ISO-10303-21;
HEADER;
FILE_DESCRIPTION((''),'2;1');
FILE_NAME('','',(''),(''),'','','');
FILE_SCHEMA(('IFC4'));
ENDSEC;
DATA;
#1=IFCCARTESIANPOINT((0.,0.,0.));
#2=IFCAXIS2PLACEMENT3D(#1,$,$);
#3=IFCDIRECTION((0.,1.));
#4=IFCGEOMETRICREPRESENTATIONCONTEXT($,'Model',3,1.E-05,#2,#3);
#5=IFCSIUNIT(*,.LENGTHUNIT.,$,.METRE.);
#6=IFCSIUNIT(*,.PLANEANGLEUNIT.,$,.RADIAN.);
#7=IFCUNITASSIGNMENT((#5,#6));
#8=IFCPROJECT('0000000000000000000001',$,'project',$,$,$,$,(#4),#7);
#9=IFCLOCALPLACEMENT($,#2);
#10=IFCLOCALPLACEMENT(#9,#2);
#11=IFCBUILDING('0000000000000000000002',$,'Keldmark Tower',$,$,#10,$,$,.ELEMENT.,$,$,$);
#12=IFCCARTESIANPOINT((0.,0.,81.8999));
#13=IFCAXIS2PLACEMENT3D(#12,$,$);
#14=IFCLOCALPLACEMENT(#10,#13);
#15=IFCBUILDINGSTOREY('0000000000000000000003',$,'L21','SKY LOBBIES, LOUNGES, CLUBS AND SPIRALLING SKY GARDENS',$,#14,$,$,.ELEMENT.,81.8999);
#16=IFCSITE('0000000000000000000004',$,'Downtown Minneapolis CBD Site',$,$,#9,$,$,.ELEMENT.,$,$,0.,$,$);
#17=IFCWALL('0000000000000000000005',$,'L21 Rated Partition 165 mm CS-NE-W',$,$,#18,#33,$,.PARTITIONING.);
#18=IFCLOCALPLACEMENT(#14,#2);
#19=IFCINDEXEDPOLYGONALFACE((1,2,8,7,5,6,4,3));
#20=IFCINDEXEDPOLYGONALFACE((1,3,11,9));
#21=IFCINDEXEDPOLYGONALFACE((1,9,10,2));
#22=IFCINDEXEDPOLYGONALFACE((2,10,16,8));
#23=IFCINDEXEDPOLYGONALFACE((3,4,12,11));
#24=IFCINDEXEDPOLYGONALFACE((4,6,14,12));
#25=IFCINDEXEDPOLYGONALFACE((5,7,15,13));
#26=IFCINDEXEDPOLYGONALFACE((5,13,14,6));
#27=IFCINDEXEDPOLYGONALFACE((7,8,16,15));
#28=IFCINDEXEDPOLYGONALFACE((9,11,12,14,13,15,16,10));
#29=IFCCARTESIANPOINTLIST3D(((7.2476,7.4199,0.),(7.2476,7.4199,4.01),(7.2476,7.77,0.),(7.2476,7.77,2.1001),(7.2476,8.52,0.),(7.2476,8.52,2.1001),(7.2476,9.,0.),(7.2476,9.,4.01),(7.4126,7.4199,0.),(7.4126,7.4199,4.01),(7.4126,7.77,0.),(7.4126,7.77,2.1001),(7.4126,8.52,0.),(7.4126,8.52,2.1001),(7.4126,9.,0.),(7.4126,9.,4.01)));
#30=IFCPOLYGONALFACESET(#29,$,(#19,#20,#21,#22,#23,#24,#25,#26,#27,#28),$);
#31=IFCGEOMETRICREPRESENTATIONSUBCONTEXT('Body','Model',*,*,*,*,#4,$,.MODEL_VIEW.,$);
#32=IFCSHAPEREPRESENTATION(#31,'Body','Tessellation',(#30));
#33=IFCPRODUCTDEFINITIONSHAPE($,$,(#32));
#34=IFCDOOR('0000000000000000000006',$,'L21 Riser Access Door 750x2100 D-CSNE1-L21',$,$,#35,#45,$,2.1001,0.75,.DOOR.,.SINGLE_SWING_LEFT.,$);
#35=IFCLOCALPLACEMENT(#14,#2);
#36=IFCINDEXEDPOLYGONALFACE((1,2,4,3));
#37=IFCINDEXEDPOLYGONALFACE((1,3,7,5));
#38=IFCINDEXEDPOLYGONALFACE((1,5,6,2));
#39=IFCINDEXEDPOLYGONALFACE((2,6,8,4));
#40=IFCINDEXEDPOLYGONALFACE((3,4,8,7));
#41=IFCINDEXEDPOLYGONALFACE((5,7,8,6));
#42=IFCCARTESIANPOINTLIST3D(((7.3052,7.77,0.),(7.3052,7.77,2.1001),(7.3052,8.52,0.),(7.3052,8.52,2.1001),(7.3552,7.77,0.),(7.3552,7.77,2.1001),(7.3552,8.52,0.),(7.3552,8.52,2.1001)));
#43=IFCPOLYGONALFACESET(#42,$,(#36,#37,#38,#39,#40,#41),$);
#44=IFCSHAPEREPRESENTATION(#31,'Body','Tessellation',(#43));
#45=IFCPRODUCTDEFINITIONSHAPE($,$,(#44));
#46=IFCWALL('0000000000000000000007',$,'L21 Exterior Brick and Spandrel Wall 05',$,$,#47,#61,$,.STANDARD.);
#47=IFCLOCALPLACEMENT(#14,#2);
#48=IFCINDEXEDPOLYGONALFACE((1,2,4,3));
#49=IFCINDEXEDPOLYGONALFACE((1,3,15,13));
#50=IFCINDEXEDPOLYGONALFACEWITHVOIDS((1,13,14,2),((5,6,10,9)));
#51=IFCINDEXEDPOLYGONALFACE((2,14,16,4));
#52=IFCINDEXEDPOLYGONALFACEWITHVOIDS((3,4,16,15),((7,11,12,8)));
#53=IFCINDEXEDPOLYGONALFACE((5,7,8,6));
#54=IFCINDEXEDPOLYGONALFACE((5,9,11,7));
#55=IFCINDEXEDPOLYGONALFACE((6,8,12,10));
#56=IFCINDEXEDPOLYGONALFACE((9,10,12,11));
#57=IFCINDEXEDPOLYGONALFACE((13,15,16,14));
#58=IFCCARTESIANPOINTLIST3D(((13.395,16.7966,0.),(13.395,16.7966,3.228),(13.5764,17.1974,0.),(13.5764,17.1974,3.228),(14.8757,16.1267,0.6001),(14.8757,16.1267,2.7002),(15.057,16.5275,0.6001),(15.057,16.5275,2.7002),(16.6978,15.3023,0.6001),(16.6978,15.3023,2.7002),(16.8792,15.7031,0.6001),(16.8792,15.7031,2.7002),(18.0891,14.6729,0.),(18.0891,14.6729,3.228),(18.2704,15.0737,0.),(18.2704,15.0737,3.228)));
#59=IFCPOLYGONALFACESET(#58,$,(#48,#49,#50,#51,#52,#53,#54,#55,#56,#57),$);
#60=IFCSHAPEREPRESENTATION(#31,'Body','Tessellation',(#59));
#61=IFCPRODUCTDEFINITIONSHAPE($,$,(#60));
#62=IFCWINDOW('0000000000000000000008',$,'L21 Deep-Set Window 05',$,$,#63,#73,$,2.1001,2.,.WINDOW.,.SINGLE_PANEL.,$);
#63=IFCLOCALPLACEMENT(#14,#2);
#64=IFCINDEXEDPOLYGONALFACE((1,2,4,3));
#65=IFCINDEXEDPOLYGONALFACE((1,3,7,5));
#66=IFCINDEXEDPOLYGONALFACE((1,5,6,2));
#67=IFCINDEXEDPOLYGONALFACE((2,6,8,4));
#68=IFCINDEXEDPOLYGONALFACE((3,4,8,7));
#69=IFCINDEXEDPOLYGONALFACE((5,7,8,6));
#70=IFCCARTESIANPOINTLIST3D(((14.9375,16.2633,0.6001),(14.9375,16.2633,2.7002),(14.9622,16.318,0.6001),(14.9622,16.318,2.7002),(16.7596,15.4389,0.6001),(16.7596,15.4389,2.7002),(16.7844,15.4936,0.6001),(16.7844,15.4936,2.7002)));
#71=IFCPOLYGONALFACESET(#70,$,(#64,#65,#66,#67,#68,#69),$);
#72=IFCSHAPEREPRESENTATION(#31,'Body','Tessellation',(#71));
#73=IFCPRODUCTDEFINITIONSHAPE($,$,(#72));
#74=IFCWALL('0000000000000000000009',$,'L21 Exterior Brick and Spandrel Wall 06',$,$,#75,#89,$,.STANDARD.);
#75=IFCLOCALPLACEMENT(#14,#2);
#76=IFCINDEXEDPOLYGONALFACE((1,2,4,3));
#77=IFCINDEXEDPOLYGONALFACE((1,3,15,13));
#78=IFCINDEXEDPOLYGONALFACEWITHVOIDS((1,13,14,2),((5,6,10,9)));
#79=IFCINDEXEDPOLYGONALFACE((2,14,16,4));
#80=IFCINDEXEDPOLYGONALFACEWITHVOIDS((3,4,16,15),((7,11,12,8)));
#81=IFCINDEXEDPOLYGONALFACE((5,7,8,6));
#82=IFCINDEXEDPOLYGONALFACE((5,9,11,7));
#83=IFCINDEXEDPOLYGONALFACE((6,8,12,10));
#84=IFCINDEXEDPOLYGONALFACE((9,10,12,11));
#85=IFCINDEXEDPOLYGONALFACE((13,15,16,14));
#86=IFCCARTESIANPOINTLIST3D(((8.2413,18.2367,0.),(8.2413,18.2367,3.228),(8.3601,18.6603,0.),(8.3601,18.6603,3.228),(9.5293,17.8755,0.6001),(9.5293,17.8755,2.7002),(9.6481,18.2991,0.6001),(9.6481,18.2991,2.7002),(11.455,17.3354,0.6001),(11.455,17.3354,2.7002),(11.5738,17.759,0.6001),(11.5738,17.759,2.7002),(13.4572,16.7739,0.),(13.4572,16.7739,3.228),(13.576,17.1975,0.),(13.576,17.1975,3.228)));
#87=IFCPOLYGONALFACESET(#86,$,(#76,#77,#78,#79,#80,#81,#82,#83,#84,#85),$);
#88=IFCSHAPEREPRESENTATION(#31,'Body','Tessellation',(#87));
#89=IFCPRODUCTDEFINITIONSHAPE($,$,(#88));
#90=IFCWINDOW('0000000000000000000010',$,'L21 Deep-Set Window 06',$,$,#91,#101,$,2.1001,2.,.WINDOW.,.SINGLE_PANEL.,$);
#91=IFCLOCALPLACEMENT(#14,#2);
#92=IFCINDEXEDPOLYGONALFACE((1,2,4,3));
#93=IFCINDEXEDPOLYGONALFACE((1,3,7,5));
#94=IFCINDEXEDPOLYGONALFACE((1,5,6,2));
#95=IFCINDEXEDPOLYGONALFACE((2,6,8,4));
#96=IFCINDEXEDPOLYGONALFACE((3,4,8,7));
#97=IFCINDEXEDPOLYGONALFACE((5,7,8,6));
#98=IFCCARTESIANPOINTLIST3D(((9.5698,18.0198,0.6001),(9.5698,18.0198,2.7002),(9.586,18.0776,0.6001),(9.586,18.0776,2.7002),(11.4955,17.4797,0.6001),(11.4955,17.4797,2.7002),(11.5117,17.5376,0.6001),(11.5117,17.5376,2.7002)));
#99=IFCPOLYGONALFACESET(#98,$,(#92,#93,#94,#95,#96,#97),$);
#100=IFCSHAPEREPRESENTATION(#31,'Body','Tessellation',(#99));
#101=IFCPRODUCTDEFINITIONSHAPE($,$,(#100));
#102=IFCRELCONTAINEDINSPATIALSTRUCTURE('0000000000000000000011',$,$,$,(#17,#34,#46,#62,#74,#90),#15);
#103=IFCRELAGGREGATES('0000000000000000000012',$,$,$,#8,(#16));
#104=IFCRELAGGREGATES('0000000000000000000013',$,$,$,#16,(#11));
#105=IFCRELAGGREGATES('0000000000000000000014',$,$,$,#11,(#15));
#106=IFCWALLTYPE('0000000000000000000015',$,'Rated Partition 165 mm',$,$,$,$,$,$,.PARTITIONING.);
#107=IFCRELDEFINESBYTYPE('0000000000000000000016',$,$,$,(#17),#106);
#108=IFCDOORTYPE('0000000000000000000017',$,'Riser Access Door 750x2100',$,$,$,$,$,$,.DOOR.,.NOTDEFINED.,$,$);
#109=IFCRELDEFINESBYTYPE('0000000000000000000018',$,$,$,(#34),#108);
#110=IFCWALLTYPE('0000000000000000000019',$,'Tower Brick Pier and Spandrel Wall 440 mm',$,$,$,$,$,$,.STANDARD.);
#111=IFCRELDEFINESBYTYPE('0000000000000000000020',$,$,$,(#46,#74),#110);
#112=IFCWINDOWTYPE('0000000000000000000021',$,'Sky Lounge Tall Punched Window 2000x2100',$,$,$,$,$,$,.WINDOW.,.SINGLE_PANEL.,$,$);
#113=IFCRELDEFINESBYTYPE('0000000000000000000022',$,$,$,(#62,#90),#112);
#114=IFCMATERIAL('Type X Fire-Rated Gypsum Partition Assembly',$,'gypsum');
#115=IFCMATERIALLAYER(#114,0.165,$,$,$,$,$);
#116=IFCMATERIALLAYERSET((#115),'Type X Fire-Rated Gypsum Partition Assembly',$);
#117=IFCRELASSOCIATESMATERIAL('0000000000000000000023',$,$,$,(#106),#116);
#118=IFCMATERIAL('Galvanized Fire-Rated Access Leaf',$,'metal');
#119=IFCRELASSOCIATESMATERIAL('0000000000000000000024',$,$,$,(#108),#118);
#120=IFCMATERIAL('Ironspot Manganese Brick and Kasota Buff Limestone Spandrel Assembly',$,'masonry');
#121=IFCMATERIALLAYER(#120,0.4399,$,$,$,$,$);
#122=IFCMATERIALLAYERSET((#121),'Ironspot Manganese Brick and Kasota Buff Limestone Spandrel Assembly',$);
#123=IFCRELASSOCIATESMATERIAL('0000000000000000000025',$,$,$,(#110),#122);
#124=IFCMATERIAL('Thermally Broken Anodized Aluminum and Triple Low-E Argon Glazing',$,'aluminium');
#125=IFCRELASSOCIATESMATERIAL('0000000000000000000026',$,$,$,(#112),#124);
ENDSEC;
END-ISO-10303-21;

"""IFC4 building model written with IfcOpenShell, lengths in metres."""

from ifc_helpers import new_model, si_unit, direction, frame, frame_2d, origin, place, context, subcontext, project, spatial, rectangle, extrude, material, layer, layer_set, type_object, element, fill, save


model = new_model("IFC4")

# Units and contexts
model_context = context("Model", 3, precision=1e-05, world=origin(), true_north=direction((0.0, 1.0)))
body_context = subcontext(model_context, "Body", "Model", "MODEL_VIEW")
ifc_project = project(units=[si_unit("LENGTHUNIT", "METRE"), si_unit("PLANEANGLEUNIT", "RADIAN")], contexts=[model_context])

# Site, building, storey
site_placement = place(None, origin())
site = spatial("IfcSite", under=ifc_project, at=site_placement, Name="Downtown Minneapolis CBD Site", CompositionType="ELEMENT", RefElevation=0.0)
building_placement = place(site_placement, origin())
building = spatial("IfcBuilding", under=site, at=building_placement, Name="Keldmark Tower", CompositionType="ELEMENT")
storey_placement = place(building_placement, frame((0.0, 0.0, 81.8999)))
storey = spatial("IfcBuildingStorey", under=building, at=storey_placement, Name="L21", Description="SKY LOBBIES, LOUNGES, CLUBS AND SPIRALLING SKY GARDENS", CompositionType="ELEMENT", Elevation=81.8999)

# Wall, opening, door
ifc_material_1 = material(Name="Type X Fire-Rated Gypsum Partition Assembly", Category="gypsum")
ifc_layer_1 = layer(ifc_material_1, 0.165)
ifc_layer_set_1 = layer_set([ifc_layer_1], Name="Type X Fire-Rated Gypsum Partition Assembly")
wall_type_1 = type_object("IfcWallType", Name="Rated Partition 165 mm", PredefinedType="PARTITIONING", material=ifc_layer_set_1)
wall_1_placement = place(storey_placement, frame((7.3301, 7.4199, 0.0), z_axis=(0.0, 0.0, 1.0), x_axis=(0.0, 1.0, 0.0)))
wall_1 = element("IfcWall", 1, at=wall_1_placement, inside=storey, type_object=wall_type_1, Name="L21 Rated Partition 165 mm CS-NE-W", PredefinedType="PARTITIONING", context=body_context, shape_type="SweptSolid", body=[
    extrude(rectangle(XDim=1.5801, YDim=0.165, at=frame_2d((0.79, 0.0))), origin(), (0.0, 0.0, 1.0), 4.01),
])
opening_1_placement = place(wall_1_placement, frame((0.3501, 0.0, 0.0)))
opening_1 = element("IfcOpeningElement", 2, at=opening_1_placement, cuts=wall_1, PredefinedType="OPENING", context=body_context, shape_type="SweptSolid", body=[
    extrude(rectangle(XDim=0.75, YDim=2.1001, at=frame_2d((0.375, 1.05))), frame((0.0, 0.0925, 0.0), z_axis=(0.0, -1.0, 0.0), x_axis=(1.0, 0.0, 0.0)), (0.0, 0.0, 1.0), 0.1851),
])
ifc_material_2 = material(Name="Galvanized Fire-Rated Access Leaf", Category="metal")
door_type = type_object("IfcDoorType", Name="Riser Access Door 750x2100", OperationType="NOTDEFINED", PredefinedType="DOOR", material=ifc_material_2)
door_placement = place(opening_1_placement, origin())
door = element("IfcDoor", 3, at=door_placement, inside=storey, type_object=door_type, Name="L21 Riser Access Door 750x2100 D-CSNE1-L21", OperationType="SINGLE_SWING_LEFT", OverallHeight=2.1001, OverallWidth=0.75, PredefinedType="DOOR", context=body_context, shape_type="SweptSolid", body=[
    extrude(rectangle(XDim=0.75, YDim=2.1001, at=frame_2d((0.375, 1.05))), frame((0.0, 0.0249, 0.0), z_axis=(0.0, -1.0, 0.0), x_axis=(1.0, 0.0, 0.0)), (0.0, 0.0, 1.0), 0.05),
])
fill(opening_1, door)

# Walls, openings, windows
ifc_material_3 = material(Name="Ironspot Manganese Brick and Kasota Buff Limestone Spandrel Assembly", Category="masonry")
ifc_layer_2 = layer(ifc_material_3, 0.4399)
ifc_layer_set_2 = layer_set([ifc_layer_2], Name="Ironspot Manganese Brick and Kasota Buff Limestone Spandrel Assembly")
wall_type_2 = type_object("IfcWallType", Name="Tower Brick Pier and Spandrel Wall 440 mm", PredefinedType="STANDARD", material=ifc_layer_set_2)
wall_2_placement = place(storey_placement, frame((13.4856, 16.9971, 0.0), z_axis=(0.0, 0.0, 1.0), x_axis=(0.911089, -0.41221, 0.0)))
wall_2 = element("IfcWall", 4, at=wall_2_placement, inside=storey, type_object=wall_type_2, Name="L21 Exterior Brick and Spandrel Wall 05", PredefinedType="STANDARD", context=body_context, shape_type="SweptSolid", body=[
    extrude(rectangle(XDim=5.1521, YDim=0.4399, at=frame_2d((2.5762, 0.0))), origin(), (0.0, 0.0, 1.0), 3.228),
])
opening_2_placement = place(wall_2_placement, frame((1.6252, 0.0, 0.6001)))
opening_2 = element("IfcOpeningElement", 5, at=opening_2_placement, cuts=wall_2, PredefinedType="OPENING", context=body_context, shape_type="SweptSolid", body=[
    extrude(rectangle(XDim=2.0, YDim=2.1001, at=frame_2d((1.0, 1.05))), frame((0.0, 0.23, 0.0), z_axis=(0.0, -1.0, 0.0), x_axis=(1.0, 0.0, 0.0)), (0.0, 0.0, 1.0), 0.46),
])
ifc_material_4 = material(Name="Thermally Broken Anodized Aluminum and Triple Low-E Argon Glazing", Category="aluminium")
window_type = type_object("IfcWindowType", Name="Sky Lounge Tall Punched Window 2000x2100", PartitioningType="SINGLE_PANEL", PredefinedType="WINDOW", material=ifc_material_4)
window_1_placement = place(opening_2_placement, origin())
window_1 = element("IfcWindow", 6, at=window_1_placement, inside=storey, type_object=window_type, Name="L21 Deep-Set Window 05", OverallHeight=2.1001, OverallWidth=2.0, PartitioningType="SINGLE_PANEL", PredefinedType="WINDOW", context=body_context, shape_type="SweptSolid", body=[
    extrude(rectangle(XDim=2.0, YDim=2.1001, at=frame_2d((1.0, 1.05))), frame((0.0, -0.01, 0.0), z_axis=(0.0, -1.0, 0.0), x_axis=(1.0, 0.0, 0.0)), (0.0, 0.0, 1.0), 0.0601),
])
fill(opening_2, window_1)
wall_3_placement = place(storey_placement, frame((8.3008, 18.4485, 0.0), z_axis=(0.0, 0.0, 1.0), x_axis=(0.962849, -0.270039, 0.0)))
wall_3 = element("IfcWall", 7, at=wall_3_placement, inside=storey, type_object=wall_type_2, Name="L21 Exterior Brick and Spandrel Wall 06", PredefinedType="STANDARD", context=body_context, shape_type="SweptSolid", body=[
    extrude(rectangle(XDim=5.4172, YDim=0.4399, at=frame_2d((2.7085, 0.0))), origin(), (0.0, 0.0, 1.0), 3.228),
])
opening_3_placement = place(wall_3_placement, frame((1.3376, 0.0, 0.6001)))
opening_3 = element("IfcOpeningElement", 8, at=opening_3_placement, cuts=wall_3, PredefinedType="OPENING", context=body_context, shape_type="SweptSolid", body=[
    extrude(rectangle(XDim=2.0, YDim=2.1001, at=frame_2d((1.0, 1.05))), frame((0.0, 0.23, 0.0), z_axis=(0.0, -1.0, 0.0), x_axis=(1.0, 0.0, 0.0)), (0.0, 0.0, 1.0), 0.46),
])
window_2_placement = place(opening_3_placement, origin())
window_2 = element("IfcWindow", 9, at=window_2_placement, inside=storey, type_object=window_type, Name="L21 Deep-Set Window 06", OverallHeight=2.1001, OverallWidth=2.0, PartitioningType="SINGLE_PANEL", PredefinedType="WINDOW", context=body_context, shape_type="SweptSolid", body=[
    extrude(rectangle(XDim=2.0, YDim=2.1001, at=frame_2d((1.0, 1.05))), frame((0.0, -0.01, 0.0), z_axis=(0.0, -1.0, 0.0), x_axis=(1.0, 0.0, 0.0)), (0.0, 0.0, 1.0), 0.0601),
])
fill(opening_3, window_2)

save(model, "model.ifc")
